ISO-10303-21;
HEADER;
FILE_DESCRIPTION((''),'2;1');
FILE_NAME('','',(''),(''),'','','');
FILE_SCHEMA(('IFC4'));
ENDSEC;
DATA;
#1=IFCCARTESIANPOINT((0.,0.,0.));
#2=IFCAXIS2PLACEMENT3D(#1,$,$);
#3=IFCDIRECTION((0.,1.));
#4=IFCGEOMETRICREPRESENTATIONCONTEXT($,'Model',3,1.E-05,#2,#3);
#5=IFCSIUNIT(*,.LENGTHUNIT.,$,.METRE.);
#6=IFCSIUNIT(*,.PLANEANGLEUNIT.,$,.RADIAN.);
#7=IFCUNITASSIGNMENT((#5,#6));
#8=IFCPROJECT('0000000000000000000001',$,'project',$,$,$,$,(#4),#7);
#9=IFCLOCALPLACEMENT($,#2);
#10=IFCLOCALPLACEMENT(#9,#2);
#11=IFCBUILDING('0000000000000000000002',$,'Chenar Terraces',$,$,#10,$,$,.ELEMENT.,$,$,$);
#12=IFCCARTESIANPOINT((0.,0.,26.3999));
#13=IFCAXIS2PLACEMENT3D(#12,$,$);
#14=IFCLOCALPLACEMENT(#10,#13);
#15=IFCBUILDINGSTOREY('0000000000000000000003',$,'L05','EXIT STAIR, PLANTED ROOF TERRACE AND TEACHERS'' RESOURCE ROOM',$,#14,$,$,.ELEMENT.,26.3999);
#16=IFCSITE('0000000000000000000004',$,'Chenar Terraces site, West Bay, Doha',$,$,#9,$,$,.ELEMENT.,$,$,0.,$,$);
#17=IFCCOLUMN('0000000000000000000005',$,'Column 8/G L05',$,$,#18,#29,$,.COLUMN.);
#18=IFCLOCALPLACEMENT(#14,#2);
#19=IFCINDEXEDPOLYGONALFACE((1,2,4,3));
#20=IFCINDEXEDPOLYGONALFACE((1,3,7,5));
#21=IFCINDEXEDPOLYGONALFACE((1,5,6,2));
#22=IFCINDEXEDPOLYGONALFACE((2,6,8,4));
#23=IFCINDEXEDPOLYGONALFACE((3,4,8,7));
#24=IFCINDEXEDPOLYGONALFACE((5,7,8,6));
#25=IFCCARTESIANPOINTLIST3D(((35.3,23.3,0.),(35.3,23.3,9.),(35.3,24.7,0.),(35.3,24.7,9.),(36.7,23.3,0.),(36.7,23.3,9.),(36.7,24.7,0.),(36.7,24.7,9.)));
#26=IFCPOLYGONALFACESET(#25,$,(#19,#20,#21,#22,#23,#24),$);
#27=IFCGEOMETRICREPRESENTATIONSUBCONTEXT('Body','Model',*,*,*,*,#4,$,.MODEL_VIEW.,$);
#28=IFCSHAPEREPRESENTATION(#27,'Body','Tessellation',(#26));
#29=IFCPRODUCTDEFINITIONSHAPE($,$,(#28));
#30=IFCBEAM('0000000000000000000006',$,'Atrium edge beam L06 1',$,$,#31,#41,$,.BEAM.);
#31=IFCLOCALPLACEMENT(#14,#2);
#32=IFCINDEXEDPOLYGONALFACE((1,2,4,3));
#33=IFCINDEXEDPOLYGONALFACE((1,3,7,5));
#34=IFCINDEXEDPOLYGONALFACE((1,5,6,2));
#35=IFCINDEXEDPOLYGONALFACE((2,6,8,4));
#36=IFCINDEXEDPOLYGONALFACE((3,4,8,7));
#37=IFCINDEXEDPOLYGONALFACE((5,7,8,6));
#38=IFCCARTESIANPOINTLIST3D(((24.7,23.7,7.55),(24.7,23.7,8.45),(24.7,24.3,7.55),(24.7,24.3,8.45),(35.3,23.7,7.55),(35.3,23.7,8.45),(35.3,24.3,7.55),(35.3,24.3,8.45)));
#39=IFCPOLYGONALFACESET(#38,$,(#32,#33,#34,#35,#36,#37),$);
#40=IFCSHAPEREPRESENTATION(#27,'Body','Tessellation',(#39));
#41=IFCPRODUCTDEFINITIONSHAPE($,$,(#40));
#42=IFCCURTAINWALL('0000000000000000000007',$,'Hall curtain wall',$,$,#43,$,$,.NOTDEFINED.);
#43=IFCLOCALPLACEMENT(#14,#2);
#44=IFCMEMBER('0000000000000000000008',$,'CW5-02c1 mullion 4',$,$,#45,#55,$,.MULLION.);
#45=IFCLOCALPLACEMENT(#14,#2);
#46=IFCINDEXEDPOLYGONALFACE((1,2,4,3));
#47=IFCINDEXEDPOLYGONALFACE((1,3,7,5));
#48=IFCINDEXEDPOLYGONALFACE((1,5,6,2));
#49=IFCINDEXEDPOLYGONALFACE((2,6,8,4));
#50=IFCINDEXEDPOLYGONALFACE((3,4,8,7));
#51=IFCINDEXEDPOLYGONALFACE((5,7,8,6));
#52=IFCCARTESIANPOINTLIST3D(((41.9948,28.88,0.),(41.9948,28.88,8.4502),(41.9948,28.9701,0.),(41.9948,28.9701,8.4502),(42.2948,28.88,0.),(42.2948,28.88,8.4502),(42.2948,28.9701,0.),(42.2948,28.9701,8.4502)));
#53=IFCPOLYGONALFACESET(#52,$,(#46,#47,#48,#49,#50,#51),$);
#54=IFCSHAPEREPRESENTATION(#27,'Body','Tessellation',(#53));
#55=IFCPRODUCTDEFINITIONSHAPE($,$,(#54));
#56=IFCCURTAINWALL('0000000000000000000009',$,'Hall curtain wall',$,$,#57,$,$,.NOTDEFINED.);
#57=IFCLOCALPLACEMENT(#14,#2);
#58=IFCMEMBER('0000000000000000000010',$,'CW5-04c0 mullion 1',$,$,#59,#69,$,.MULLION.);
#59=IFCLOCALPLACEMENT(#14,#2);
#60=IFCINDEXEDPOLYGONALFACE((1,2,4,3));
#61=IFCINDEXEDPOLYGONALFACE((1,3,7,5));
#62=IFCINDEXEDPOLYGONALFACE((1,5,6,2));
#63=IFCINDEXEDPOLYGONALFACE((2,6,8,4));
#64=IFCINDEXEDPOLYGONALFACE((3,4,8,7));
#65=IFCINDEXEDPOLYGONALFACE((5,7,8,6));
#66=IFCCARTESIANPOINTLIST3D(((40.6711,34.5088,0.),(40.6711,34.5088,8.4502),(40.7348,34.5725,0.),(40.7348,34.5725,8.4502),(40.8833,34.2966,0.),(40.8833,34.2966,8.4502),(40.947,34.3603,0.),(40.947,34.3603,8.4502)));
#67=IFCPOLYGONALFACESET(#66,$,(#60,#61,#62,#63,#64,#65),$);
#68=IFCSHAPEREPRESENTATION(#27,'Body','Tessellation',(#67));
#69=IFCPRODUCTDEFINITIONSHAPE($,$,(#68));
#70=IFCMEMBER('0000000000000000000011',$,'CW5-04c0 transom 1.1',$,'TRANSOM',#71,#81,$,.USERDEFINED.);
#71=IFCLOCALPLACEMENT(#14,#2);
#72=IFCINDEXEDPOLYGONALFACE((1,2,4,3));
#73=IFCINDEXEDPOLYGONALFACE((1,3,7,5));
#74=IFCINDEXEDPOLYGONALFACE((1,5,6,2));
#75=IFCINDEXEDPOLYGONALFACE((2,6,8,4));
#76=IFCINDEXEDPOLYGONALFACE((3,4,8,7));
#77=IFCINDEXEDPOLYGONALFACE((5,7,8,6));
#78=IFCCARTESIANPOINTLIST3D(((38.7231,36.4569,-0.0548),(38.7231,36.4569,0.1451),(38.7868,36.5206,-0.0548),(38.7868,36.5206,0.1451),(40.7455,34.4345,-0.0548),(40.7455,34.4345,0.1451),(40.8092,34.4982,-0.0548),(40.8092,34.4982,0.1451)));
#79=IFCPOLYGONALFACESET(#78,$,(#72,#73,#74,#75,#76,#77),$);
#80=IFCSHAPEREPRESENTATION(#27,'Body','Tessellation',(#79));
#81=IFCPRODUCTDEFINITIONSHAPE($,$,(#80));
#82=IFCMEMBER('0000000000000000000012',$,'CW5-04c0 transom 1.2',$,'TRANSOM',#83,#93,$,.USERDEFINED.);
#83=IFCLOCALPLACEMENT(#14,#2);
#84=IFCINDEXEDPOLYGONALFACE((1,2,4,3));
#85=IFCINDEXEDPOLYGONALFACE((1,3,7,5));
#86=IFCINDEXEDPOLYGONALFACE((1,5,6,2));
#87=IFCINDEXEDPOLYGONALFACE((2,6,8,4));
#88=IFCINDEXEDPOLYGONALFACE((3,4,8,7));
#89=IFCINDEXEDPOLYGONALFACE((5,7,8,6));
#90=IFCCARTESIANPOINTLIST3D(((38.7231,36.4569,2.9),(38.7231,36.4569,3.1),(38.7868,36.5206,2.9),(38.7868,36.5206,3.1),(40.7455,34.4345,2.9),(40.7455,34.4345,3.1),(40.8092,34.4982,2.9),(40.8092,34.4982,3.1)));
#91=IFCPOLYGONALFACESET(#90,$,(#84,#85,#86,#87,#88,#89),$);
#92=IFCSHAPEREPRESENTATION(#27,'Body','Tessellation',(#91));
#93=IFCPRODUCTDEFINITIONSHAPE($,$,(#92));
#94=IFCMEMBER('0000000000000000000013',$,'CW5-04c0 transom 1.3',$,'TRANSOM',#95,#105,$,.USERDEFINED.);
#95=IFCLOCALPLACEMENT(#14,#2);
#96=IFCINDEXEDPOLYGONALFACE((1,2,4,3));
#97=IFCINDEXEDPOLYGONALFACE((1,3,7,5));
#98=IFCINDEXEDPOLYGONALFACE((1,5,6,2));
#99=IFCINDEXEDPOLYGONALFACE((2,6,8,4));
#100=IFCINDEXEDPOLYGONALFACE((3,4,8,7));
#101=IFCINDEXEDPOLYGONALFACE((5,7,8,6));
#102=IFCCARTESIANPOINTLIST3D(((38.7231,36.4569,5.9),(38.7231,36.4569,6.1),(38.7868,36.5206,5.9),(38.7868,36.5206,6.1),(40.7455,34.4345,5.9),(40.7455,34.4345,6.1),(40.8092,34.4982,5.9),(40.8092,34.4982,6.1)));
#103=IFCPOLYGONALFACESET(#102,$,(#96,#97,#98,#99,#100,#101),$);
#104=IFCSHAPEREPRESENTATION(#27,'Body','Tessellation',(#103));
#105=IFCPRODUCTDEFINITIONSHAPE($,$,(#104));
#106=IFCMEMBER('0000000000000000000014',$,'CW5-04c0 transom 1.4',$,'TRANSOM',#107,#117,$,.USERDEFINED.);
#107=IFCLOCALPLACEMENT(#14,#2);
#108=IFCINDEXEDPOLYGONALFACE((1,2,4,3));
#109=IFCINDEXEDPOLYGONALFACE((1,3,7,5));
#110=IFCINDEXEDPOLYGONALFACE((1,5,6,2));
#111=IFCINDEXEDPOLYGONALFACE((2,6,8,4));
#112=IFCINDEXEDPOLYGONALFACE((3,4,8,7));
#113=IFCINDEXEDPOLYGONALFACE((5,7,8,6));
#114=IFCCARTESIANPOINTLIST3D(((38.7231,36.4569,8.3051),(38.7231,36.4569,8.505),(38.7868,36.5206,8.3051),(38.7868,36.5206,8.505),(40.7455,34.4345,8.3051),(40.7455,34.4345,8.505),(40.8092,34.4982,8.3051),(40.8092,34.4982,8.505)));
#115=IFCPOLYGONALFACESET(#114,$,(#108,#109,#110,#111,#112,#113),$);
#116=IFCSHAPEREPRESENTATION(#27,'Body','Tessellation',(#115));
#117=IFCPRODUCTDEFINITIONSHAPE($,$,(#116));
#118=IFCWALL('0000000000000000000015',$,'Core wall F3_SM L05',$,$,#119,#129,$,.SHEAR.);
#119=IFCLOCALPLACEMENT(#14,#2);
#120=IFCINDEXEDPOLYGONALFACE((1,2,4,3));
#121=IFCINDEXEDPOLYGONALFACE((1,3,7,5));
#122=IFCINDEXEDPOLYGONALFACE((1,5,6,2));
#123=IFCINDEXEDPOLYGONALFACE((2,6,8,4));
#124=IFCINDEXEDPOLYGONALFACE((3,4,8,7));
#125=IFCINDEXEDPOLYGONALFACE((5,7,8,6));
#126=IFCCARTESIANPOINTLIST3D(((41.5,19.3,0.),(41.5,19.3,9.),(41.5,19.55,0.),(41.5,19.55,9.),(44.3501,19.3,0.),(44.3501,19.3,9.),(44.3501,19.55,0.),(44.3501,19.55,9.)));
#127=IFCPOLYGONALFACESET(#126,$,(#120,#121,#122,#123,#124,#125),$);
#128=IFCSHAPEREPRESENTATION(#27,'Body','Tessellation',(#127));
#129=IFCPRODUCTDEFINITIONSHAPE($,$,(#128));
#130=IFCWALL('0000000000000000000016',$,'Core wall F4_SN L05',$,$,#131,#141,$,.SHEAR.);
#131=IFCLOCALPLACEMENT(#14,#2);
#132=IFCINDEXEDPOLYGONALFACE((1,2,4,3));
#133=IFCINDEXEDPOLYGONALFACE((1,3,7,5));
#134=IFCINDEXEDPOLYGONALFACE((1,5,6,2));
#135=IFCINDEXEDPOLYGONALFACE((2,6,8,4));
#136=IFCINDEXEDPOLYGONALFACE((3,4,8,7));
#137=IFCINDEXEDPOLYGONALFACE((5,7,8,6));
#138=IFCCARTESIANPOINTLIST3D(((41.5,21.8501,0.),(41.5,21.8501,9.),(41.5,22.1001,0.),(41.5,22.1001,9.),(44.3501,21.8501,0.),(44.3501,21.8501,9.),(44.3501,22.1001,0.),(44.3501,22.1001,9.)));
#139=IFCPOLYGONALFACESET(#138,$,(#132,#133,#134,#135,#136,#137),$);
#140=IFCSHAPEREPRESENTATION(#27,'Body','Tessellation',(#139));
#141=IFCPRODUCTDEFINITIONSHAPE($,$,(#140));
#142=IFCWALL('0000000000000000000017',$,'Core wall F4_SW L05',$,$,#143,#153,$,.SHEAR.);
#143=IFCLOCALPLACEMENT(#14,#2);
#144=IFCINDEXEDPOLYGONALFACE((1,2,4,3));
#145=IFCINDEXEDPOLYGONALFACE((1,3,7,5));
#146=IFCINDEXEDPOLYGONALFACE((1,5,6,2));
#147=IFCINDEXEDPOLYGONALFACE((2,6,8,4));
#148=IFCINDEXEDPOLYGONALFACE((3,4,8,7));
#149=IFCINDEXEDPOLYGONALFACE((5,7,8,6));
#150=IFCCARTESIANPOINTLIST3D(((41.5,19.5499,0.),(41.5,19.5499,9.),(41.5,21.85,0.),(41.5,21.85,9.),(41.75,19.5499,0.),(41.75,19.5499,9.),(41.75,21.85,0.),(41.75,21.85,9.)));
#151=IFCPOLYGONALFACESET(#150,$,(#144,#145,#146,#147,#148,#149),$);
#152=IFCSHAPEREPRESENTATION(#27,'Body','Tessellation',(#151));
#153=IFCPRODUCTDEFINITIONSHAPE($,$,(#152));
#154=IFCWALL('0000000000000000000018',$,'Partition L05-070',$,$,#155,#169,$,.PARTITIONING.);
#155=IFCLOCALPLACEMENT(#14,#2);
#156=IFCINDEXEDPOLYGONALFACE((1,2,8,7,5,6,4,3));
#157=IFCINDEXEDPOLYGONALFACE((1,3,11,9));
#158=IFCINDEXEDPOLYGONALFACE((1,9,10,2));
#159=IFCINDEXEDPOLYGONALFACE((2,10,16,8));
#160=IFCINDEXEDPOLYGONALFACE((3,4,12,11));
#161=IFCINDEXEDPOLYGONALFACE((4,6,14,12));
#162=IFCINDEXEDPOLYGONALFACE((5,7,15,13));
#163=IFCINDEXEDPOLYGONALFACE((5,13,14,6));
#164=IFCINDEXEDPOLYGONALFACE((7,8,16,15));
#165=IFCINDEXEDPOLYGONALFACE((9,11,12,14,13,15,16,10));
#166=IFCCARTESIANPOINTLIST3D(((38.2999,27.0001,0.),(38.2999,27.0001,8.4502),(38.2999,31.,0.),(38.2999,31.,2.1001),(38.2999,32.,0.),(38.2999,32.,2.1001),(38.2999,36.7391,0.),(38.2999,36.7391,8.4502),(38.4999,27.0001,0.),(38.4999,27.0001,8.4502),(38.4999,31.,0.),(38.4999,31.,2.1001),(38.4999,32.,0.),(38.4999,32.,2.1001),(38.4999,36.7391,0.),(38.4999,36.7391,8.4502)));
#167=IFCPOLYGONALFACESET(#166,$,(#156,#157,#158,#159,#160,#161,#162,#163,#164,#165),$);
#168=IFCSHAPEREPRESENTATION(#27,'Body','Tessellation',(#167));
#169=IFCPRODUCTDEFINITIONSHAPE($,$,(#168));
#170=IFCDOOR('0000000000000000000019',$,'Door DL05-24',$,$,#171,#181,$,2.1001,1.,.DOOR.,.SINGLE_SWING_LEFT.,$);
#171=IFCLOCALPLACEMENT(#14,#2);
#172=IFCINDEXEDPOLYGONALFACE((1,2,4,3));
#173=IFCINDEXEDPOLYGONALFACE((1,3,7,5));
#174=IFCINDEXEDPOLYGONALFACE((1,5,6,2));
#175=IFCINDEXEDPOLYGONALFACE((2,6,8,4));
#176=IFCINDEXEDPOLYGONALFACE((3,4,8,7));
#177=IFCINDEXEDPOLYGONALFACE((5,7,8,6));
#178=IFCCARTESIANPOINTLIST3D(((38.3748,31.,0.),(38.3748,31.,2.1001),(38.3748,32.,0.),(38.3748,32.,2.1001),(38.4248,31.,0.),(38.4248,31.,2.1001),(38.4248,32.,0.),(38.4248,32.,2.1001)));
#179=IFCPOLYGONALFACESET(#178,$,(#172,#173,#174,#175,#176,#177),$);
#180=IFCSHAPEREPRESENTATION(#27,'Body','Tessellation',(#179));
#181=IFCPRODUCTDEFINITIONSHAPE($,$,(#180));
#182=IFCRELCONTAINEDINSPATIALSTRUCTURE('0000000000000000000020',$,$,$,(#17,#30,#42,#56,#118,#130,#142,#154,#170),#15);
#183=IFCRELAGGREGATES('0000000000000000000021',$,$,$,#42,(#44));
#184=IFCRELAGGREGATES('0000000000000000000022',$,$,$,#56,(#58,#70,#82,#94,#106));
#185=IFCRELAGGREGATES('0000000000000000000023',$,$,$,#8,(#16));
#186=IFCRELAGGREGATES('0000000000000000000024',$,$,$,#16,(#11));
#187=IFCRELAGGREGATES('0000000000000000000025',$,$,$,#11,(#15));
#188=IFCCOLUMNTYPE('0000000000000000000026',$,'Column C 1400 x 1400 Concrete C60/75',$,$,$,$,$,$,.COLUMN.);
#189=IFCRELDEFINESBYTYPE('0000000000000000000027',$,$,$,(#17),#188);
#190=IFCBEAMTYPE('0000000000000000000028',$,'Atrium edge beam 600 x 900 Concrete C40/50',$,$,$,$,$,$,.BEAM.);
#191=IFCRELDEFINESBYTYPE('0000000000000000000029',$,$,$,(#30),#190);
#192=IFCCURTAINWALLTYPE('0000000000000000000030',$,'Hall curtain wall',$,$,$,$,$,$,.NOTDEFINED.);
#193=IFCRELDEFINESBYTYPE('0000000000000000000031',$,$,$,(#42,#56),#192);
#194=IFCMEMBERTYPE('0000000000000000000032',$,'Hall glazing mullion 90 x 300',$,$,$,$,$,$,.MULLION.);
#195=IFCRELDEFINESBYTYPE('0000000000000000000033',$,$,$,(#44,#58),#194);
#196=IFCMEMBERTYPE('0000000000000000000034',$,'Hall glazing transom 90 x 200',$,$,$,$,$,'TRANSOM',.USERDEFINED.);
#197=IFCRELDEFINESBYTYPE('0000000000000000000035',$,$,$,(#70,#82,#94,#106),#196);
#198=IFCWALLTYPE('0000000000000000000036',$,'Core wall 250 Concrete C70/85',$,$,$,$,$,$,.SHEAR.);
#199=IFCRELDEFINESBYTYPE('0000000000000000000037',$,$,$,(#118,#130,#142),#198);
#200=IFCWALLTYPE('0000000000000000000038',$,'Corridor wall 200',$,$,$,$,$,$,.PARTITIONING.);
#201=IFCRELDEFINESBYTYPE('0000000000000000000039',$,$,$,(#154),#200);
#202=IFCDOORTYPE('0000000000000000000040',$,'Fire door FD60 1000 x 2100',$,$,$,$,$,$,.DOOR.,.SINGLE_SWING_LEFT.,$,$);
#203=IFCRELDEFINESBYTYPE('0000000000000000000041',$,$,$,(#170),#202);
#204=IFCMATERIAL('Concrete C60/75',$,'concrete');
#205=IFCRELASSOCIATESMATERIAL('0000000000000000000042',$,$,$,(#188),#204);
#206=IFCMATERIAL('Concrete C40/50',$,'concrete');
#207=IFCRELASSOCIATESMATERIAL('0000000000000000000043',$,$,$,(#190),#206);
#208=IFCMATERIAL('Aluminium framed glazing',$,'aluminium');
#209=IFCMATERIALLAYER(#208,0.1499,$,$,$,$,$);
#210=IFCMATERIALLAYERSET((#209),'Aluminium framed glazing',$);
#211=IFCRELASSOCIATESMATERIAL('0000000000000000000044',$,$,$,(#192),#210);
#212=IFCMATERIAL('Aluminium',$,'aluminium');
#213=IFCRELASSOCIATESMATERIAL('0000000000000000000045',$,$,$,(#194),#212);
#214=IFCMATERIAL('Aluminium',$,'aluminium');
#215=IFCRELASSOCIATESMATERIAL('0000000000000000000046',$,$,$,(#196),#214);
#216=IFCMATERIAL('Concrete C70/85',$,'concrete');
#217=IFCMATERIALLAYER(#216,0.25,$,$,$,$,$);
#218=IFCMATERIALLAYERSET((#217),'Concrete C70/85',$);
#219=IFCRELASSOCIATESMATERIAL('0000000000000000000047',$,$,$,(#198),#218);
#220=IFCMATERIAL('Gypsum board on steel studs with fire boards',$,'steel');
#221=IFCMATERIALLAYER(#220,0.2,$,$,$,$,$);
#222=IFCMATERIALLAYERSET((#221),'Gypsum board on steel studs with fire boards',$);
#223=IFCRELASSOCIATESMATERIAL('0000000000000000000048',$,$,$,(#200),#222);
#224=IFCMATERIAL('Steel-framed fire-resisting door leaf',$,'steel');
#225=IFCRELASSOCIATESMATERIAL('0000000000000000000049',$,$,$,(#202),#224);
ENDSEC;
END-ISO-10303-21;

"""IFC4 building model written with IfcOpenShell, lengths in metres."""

from ifc_helpers import new_model, si_unit, direction, frame, frame_2d, origin, origin_2d, place, context, subcontext, project, spatial, rectangle, extrude, material, layer, layer_set, material_profile, profile_set, type_object, element, fill, aggregate, save


model = new_model("IFC4")

# Units and contexts
model_context = context("Model", 3, precision=1e-05, world=origin(), true_north=direction((0.0, 1.0)))
body_context = subcontext(model_context, "Body", "Model", "MODEL_VIEW")
ifc_project = project(units=[si_unit("LENGTHUNIT", "METRE"), si_unit("PLANEANGLEUNIT", "RADIAN")], contexts=[model_context])

# Site, building, storey
site_placement = place(None, origin())
site = spatial("IfcSite", under=ifc_project, at=site_placement, Name="Chenar Terraces site, West Bay, Doha", CompositionType="ELEMENT", RefElevation=0.0)
building_placement = place(site_placement, origin())
building = spatial("IfcBuilding", under=site, at=building_placement, Name="Chenar Terraces", CompositionType="ELEMENT")
storey_placement = place(building_placement, frame((0.0, 0.0, 26.3999)))
storey = spatial("IfcBuildingStorey", under=building, at=storey_placement, Name="L05", Description="EXIT STAIR, PLANTED ROOF TERRACE AND TEACHERS' RESOURCE ROOM", CompositionType="ELEMENT", Elevation=26.3999)

# Column
ifc_material_1 = material(Name="Concrete C60/75", Category="concrete")
ifc_material_profile_1 = material_profile(ifc_material_1, rectangle(XDim=1.3999, YDim=1.3999, at=origin_2d()), Name="C 1400 x 1400")
ifc_profile_set_1 = profile_set([ifc_material_profile_1], Name="Concrete C60/75")
column_type = type_object("IfcColumnType", Name="Column C 1400 x 1400 Concrete C60/75", PredefinedType="COLUMN", material=ifc_profile_set_1)
column_placement = place(storey_placement, frame((36.0, 24.0, 0.0), z_axis=(0.0, 0.0, 1.0), x_axis=(1.0, 0.0, 0.0)))
element("IfcColumn", 1, at=column_placement, inside=storey, type_object=column_type, Name="Column 8/G L05", PredefinedType="COLUMN", context=body_context, shape_type="SweptSolid", body=[
    extrude(rectangle(XDim=1.3999, YDim=1.3999, at=origin_2d()), origin(), (0.0, 0.0, 1.0), 9.0),
])

# Beam
ifc_material_2 = material(Name="Concrete C40/50", Category="concrete")
ifc_material_profile_2 = material_profile(ifc_material_2, rectangle(XDim=0.6001, YDim=0.8999, at=origin_2d()), Name="RC 600 x 900")
ifc_profile_set_2 = profile_set([ifc_material_profile_2], Name="Concrete C40/50")
beam_type = type_object("IfcBeamType", Name="Atrium edge beam 600 x 900 Concrete C40/50", PredefinedType="BEAM", material=ifc_profile_set_2)
beam_placement = place(storey_placement, frame((24.7, 24.0, 8.0), z_axis=(1.0, 0.0, 0.0), x_axis=(0.0, 1.0, 0.0)))
element("IfcBeam", 2, at=beam_placement, inside=storey, type_object=beam_type, Name="Atrium edge beam L06 1", PredefinedType="BEAM", context=body_context, shape_type="SweptSolid", body=[
    extrude(rectangle(XDim=0.6001, YDim=0.8999, at=origin_2d()), origin(), (0.0, 0.0, 1.0), 10.6001),
])

# Curtain wall, member
ifc_material_3 = material(Name="Aluminium framed glazing", Category="aluminium")
ifc_layer_1 = layer(ifc_material_3, 0.1499)
ifc_layer_set_1 = layer_set([ifc_layer_1], Name="Aluminium framed glazing")
curtain_wall_type = type_object("IfcCurtainWallType", Name="Hall curtain wall", PredefinedType="NOTDEFINED", material=ifc_layer_set_1)
placement = place(storey_placement, origin())
curtain_wall_1 = element("IfcCurtainWall", 3, at=placement, inside=storey, type_object=curtain_wall_type, Name="Hall curtain wall", PredefinedType="NOTDEFINED")
ifc_material_4 = material(Name="Aluminium", Category="aluminium")
ifc_material_profile_3 = material_profile(ifc_material_4, rectangle(XDim=0.0901, YDim=0.3, at=origin_2d()), Name="Hall glazing mullion 90 x 300")
ifc_profile_set_3 = profile_set([ifc_material_profile_3], Name="Aluminium")
member_type_1 = type_object("IfcMemberType", Name="Hall glazing mullion 90 x 300", PredefinedType="MULLION", material=ifc_profile_set_3)
member_1_placement = place(storey_placement, frame((42.1448, 28.925, 0.0), z_axis=(0.0, 0.0, 1.0), x_axis=(0.0, -1.0, 0.0)))
member_1 = element("IfcMember", 4, at=member_1_placement, type_object=member_type_1, Name="CW5-02c1 mullion 4", PredefinedType="MULLION", context=body_context, shape_type="SweptSolid", body=[
    extrude(rectangle(XDim=0.0901, YDim=0.3, at=origin_2d()), origin(), (0.0, 0.0, 1.0), 8.4502),
])
aggregate(curtain_wall_1, [member_1])

# Curtain wall, members
curtain_wall_2 = element("IfcCurtainWall", 5, at=placement, inside=storey, type_object=curtain_wall_type, Name="Hall curtain wall", PredefinedType="NOTDEFINED")
member_2_placement = place(storey_placement, frame((40.8091, 34.4346, 0.0), z_axis=(0.0, 0.0, 1.0), x_axis=(-0.707107, -0.707107, 0.0)))
member_2 = element("IfcMember", 6, at=member_2_placement, type_object=member_type_1, Name="CW5-04c0 mullion 1", PredefinedType="MULLION", context=body_context, shape_type="SweptSolid", body=[
    extrude(rectangle(XDim=0.0901, YDim=0.3, at=origin_2d()), origin(), (0.0, 0.0, 1.0), 8.4502),
])
ifc_material_5 = material(Name="Aluminium", Category="aluminium")
ifc_material_profile_4 = material_profile(ifc_material_5, rectangle(XDim=0.0901, YDim=0.2, at=origin_2d()), Name="Hall glazing transom 90 x 200")
ifc_profile_set_4 = profile_set([ifc_material_profile_4], Name="Aluminium")
member_type_2 = type_object("IfcMemberType", Name="Hall glazing transom 90 x 200", ElementType="TRANSOM", PredefinedType="USERDEFINED", material=ifc_profile_set_4)
member_3_placement = place(storey_placement, frame((40.7773, 34.4663, 0.0452), z_axis=(-0.707107, 0.707107, 0.0), x_axis=(-0.707107, -0.707107, 0.0)))
member_3 = element("IfcMember", 7, at=member_3_placement, type_object=member_type_2, Name="CW5-04c0 transom 1.1", ObjectType="TRANSOM", PredefinedType="USERDEFINED", context=body_context, shape_type="SweptSolid", body=[
    extrude(rectangle(XDim=0.0901, YDim=0.2, at=origin_2d()), origin(), (0.0, 0.0, 1.0), 2.8601),
])
member_4_placement = place(storey_placement, frame((40.7773, 34.4663, 3.0), z_axis=(-0.707107, 0.707107, 0.0), x_axis=(-0.707107, -0.707107, 0.0)))
member_4 = element("IfcMember", 8, at=member_4_placement, type_object=member_type_2, Name="CW5-04c0 transom 1.2", ObjectType="TRANSOM", PredefinedType="USERDEFINED", context=body_context, shape_type="SweptSolid", body=[
    extrude(rectangle(XDim=0.0901, YDim=0.2, at=origin_2d()), origin(), (0.0, 0.0, 1.0), 2.8601),
])
member_5_placement = place(storey_placement, frame((40.7773, 34.4663, 6.0), z_axis=(-0.707107, 0.707107, 0.0), x_axis=(-0.707107, -0.707107, 0.0)))
member_5 = element("IfcMember", 9, at=member_5_placement, type_object=member_type_2, Name="CW5-04c0 transom 1.3", ObjectType="TRANSOM", PredefinedType="USERDEFINED", context=body_context, shape_type="SweptSolid", body=[
    extrude(rectangle(XDim=0.0901, YDim=0.2, at=origin_2d()), origin(), (0.0, 0.0, 1.0), 2.8601),
])
member_6_placement = place(storey_placement, frame((40.7773, 34.4663, 8.405), z_axis=(-0.707107, 0.707107, 0.0), x_axis=(-0.707107, -0.707107, 0.0)))
member_6 = element("IfcMember", 10, at=member_6_placement, type_object=member_type_2, Name="CW5-04c0 transom 1.4", ObjectType="TRANSOM", PredefinedType="USERDEFINED", context=body_context, shape_type="SweptSolid", body=[
    extrude(rectangle(XDim=0.0901, YDim=0.2, at=origin_2d()), origin(), (0.0, 0.0, 1.0), 2.8601),
])
aggregate(curtain_wall_2, [member_2, member_3, member_4, member_5, member_6])

# Walls
ifc_material_6 = material(Name="Concrete C70/85", Category="concrete")
ifc_layer_2 = layer(ifc_material_6, 0.25)
ifc_layer_set_2 = layer_set([ifc_layer_2], Name="Concrete C70/85")
wall_type_1 = type_object("IfcWallType", Name="Core wall 250 Concrete C70/85", PredefinedType="SHEAR", material=ifc_layer_set_2)
for number, where, z_axis, x_axis, name in (
    (11, (41.5, 19.425, 0.0), (0.0, 0.0, 1.0), (1.0, 0.0, 0.0), "Core wall F3_SM L05"),
    (12, (41.5, 21.9751, 0.0), (0.0, 0.0, 1.0), (1.0, 0.0, 0.0), "Core wall F4_SN L05"),
):
    element("IfcWall", number, at=place(storey_placement, frame(where, z_axis=z_axis, x_axis=x_axis)), inside=storey, type_object=wall_type_1, Name=name, PredefinedType="SHEAR", context=body_context, shape_type="SweptSolid", body=[
        extrude(rectangle(XDim=2.8501, YDim=0.25, at=frame_2d((1.425, 0.0))), origin(), (0.0, 0.0, 1.0), 9.0),
    ])
wall_1_placement = place(storey_placement, frame((41.625, 19.55, 0.0), z_axis=(0.0, 0.0, 1.0), x_axis=(0.0, 1.0, 0.0)))
element("IfcWall", 13, at=wall_1_placement, inside=storey, type_object=wall_type_1, Name="Core wall F4_SW L05", PredefinedType="SHEAR", context=body_context, shape_type="SweptSolid", body=[
    extrude(rectangle(XDim=2.3, YDim=0.25, at=frame_2d((1.1499, 0.0))), origin(), (0.0, 0.0, 1.0), 9.0),
])

# Wall, opening, door
ifc_material_7 = material(Name="Gypsum board on steel studs with fire boards", Category="steel")
ifc_layer_3 = layer(ifc_material_7, 0.2)
ifc_layer_set_3 = layer_set([ifc_layer_3], Name="Gypsum board on steel studs with fire boards")
wall_type_2 = type_object("IfcWallType", Name="Corridor wall 200", PredefinedType="PARTITIONING", material=ifc_layer_set_3)
wall_2_placement = place(storey_placement, frame((38.3999, 27.0, 0.0), z_axis=(0.0, 0.0, 1.0), x_axis=(0.0, 1.0, 0.0)))
wall_2 = element("IfcWall", 14, at=wall_2_placement, inside=storey, type_object=wall_type_2, Name="Partition L05-070", PredefinedType="PARTITIONING", context=body_context, shape_type="SweptSolid", body=[
    extrude(rectangle(XDim=9.739, YDim=0.2, at=frame_2d((4.8696, 0.0))), origin(), (0.0, 0.0, 1.0), 8.4502),
])
opening_1_placement = place(wall_2_placement, frame((4.0, 0.0, 0.0)))
opening_1 = element("IfcOpeningElement", 15, at=opening_1_placement, cuts=wall_2, PredefinedType="OPENING", context=body_context, shape_type="SweptSolid", body=[
    extrude(rectangle(XDim=1.0, YDim=2.1001, at=frame_2d((0.5, 1.05))), frame((0.0, 0.1099, 0.0), z_axis=(0.0, -1.0, 0.0), x_axis=(1.0, 0.0, 0.0)), (0.0, 0.0, 1.0), 0.22),
])
ifc_material_8 = material(Name="Steel-framed fire-resisting door leaf", Category="steel")
door_type_1 = type_object("IfcDoorType", Name="Fire door FD60 1000 x 2100", OperationType="SINGLE_SWING_LEFT", PredefinedType="DOOR", material=ifc_material_8)
door_1_placement = place(opening_1_placement, frame((1.0, 0.0, 0.0), z_axis=(0.0, 0.0, 1.0), x_axis=(-1.0, 0.0, 0.0)))
door_1 = element("IfcDoor", 16, at=door_1_placement, inside=storey, type_object=door_type_1, Name="Door DL05-24", OperationType="SINGLE_SWING_LEFT", OverallHeight=2.1001, OverallWidth=1.0, PredefinedType="DOOR", context=body_context, shape_type="SweptSolid", body=[
    extrude(rectangle(XDim=1.0, YDim=2.1001, at=frame_2d((0.5, 1.05))), frame((0.0, 0.0249, 0.0), z_axis=(0.0, -1.0, 0.0), x_axis=(1.0, 0.0, 0.0)), (0.0, 0.0, 1.0), 0.05),
])
fill(opening_1, door_1)

save(model, "model.ifc")
